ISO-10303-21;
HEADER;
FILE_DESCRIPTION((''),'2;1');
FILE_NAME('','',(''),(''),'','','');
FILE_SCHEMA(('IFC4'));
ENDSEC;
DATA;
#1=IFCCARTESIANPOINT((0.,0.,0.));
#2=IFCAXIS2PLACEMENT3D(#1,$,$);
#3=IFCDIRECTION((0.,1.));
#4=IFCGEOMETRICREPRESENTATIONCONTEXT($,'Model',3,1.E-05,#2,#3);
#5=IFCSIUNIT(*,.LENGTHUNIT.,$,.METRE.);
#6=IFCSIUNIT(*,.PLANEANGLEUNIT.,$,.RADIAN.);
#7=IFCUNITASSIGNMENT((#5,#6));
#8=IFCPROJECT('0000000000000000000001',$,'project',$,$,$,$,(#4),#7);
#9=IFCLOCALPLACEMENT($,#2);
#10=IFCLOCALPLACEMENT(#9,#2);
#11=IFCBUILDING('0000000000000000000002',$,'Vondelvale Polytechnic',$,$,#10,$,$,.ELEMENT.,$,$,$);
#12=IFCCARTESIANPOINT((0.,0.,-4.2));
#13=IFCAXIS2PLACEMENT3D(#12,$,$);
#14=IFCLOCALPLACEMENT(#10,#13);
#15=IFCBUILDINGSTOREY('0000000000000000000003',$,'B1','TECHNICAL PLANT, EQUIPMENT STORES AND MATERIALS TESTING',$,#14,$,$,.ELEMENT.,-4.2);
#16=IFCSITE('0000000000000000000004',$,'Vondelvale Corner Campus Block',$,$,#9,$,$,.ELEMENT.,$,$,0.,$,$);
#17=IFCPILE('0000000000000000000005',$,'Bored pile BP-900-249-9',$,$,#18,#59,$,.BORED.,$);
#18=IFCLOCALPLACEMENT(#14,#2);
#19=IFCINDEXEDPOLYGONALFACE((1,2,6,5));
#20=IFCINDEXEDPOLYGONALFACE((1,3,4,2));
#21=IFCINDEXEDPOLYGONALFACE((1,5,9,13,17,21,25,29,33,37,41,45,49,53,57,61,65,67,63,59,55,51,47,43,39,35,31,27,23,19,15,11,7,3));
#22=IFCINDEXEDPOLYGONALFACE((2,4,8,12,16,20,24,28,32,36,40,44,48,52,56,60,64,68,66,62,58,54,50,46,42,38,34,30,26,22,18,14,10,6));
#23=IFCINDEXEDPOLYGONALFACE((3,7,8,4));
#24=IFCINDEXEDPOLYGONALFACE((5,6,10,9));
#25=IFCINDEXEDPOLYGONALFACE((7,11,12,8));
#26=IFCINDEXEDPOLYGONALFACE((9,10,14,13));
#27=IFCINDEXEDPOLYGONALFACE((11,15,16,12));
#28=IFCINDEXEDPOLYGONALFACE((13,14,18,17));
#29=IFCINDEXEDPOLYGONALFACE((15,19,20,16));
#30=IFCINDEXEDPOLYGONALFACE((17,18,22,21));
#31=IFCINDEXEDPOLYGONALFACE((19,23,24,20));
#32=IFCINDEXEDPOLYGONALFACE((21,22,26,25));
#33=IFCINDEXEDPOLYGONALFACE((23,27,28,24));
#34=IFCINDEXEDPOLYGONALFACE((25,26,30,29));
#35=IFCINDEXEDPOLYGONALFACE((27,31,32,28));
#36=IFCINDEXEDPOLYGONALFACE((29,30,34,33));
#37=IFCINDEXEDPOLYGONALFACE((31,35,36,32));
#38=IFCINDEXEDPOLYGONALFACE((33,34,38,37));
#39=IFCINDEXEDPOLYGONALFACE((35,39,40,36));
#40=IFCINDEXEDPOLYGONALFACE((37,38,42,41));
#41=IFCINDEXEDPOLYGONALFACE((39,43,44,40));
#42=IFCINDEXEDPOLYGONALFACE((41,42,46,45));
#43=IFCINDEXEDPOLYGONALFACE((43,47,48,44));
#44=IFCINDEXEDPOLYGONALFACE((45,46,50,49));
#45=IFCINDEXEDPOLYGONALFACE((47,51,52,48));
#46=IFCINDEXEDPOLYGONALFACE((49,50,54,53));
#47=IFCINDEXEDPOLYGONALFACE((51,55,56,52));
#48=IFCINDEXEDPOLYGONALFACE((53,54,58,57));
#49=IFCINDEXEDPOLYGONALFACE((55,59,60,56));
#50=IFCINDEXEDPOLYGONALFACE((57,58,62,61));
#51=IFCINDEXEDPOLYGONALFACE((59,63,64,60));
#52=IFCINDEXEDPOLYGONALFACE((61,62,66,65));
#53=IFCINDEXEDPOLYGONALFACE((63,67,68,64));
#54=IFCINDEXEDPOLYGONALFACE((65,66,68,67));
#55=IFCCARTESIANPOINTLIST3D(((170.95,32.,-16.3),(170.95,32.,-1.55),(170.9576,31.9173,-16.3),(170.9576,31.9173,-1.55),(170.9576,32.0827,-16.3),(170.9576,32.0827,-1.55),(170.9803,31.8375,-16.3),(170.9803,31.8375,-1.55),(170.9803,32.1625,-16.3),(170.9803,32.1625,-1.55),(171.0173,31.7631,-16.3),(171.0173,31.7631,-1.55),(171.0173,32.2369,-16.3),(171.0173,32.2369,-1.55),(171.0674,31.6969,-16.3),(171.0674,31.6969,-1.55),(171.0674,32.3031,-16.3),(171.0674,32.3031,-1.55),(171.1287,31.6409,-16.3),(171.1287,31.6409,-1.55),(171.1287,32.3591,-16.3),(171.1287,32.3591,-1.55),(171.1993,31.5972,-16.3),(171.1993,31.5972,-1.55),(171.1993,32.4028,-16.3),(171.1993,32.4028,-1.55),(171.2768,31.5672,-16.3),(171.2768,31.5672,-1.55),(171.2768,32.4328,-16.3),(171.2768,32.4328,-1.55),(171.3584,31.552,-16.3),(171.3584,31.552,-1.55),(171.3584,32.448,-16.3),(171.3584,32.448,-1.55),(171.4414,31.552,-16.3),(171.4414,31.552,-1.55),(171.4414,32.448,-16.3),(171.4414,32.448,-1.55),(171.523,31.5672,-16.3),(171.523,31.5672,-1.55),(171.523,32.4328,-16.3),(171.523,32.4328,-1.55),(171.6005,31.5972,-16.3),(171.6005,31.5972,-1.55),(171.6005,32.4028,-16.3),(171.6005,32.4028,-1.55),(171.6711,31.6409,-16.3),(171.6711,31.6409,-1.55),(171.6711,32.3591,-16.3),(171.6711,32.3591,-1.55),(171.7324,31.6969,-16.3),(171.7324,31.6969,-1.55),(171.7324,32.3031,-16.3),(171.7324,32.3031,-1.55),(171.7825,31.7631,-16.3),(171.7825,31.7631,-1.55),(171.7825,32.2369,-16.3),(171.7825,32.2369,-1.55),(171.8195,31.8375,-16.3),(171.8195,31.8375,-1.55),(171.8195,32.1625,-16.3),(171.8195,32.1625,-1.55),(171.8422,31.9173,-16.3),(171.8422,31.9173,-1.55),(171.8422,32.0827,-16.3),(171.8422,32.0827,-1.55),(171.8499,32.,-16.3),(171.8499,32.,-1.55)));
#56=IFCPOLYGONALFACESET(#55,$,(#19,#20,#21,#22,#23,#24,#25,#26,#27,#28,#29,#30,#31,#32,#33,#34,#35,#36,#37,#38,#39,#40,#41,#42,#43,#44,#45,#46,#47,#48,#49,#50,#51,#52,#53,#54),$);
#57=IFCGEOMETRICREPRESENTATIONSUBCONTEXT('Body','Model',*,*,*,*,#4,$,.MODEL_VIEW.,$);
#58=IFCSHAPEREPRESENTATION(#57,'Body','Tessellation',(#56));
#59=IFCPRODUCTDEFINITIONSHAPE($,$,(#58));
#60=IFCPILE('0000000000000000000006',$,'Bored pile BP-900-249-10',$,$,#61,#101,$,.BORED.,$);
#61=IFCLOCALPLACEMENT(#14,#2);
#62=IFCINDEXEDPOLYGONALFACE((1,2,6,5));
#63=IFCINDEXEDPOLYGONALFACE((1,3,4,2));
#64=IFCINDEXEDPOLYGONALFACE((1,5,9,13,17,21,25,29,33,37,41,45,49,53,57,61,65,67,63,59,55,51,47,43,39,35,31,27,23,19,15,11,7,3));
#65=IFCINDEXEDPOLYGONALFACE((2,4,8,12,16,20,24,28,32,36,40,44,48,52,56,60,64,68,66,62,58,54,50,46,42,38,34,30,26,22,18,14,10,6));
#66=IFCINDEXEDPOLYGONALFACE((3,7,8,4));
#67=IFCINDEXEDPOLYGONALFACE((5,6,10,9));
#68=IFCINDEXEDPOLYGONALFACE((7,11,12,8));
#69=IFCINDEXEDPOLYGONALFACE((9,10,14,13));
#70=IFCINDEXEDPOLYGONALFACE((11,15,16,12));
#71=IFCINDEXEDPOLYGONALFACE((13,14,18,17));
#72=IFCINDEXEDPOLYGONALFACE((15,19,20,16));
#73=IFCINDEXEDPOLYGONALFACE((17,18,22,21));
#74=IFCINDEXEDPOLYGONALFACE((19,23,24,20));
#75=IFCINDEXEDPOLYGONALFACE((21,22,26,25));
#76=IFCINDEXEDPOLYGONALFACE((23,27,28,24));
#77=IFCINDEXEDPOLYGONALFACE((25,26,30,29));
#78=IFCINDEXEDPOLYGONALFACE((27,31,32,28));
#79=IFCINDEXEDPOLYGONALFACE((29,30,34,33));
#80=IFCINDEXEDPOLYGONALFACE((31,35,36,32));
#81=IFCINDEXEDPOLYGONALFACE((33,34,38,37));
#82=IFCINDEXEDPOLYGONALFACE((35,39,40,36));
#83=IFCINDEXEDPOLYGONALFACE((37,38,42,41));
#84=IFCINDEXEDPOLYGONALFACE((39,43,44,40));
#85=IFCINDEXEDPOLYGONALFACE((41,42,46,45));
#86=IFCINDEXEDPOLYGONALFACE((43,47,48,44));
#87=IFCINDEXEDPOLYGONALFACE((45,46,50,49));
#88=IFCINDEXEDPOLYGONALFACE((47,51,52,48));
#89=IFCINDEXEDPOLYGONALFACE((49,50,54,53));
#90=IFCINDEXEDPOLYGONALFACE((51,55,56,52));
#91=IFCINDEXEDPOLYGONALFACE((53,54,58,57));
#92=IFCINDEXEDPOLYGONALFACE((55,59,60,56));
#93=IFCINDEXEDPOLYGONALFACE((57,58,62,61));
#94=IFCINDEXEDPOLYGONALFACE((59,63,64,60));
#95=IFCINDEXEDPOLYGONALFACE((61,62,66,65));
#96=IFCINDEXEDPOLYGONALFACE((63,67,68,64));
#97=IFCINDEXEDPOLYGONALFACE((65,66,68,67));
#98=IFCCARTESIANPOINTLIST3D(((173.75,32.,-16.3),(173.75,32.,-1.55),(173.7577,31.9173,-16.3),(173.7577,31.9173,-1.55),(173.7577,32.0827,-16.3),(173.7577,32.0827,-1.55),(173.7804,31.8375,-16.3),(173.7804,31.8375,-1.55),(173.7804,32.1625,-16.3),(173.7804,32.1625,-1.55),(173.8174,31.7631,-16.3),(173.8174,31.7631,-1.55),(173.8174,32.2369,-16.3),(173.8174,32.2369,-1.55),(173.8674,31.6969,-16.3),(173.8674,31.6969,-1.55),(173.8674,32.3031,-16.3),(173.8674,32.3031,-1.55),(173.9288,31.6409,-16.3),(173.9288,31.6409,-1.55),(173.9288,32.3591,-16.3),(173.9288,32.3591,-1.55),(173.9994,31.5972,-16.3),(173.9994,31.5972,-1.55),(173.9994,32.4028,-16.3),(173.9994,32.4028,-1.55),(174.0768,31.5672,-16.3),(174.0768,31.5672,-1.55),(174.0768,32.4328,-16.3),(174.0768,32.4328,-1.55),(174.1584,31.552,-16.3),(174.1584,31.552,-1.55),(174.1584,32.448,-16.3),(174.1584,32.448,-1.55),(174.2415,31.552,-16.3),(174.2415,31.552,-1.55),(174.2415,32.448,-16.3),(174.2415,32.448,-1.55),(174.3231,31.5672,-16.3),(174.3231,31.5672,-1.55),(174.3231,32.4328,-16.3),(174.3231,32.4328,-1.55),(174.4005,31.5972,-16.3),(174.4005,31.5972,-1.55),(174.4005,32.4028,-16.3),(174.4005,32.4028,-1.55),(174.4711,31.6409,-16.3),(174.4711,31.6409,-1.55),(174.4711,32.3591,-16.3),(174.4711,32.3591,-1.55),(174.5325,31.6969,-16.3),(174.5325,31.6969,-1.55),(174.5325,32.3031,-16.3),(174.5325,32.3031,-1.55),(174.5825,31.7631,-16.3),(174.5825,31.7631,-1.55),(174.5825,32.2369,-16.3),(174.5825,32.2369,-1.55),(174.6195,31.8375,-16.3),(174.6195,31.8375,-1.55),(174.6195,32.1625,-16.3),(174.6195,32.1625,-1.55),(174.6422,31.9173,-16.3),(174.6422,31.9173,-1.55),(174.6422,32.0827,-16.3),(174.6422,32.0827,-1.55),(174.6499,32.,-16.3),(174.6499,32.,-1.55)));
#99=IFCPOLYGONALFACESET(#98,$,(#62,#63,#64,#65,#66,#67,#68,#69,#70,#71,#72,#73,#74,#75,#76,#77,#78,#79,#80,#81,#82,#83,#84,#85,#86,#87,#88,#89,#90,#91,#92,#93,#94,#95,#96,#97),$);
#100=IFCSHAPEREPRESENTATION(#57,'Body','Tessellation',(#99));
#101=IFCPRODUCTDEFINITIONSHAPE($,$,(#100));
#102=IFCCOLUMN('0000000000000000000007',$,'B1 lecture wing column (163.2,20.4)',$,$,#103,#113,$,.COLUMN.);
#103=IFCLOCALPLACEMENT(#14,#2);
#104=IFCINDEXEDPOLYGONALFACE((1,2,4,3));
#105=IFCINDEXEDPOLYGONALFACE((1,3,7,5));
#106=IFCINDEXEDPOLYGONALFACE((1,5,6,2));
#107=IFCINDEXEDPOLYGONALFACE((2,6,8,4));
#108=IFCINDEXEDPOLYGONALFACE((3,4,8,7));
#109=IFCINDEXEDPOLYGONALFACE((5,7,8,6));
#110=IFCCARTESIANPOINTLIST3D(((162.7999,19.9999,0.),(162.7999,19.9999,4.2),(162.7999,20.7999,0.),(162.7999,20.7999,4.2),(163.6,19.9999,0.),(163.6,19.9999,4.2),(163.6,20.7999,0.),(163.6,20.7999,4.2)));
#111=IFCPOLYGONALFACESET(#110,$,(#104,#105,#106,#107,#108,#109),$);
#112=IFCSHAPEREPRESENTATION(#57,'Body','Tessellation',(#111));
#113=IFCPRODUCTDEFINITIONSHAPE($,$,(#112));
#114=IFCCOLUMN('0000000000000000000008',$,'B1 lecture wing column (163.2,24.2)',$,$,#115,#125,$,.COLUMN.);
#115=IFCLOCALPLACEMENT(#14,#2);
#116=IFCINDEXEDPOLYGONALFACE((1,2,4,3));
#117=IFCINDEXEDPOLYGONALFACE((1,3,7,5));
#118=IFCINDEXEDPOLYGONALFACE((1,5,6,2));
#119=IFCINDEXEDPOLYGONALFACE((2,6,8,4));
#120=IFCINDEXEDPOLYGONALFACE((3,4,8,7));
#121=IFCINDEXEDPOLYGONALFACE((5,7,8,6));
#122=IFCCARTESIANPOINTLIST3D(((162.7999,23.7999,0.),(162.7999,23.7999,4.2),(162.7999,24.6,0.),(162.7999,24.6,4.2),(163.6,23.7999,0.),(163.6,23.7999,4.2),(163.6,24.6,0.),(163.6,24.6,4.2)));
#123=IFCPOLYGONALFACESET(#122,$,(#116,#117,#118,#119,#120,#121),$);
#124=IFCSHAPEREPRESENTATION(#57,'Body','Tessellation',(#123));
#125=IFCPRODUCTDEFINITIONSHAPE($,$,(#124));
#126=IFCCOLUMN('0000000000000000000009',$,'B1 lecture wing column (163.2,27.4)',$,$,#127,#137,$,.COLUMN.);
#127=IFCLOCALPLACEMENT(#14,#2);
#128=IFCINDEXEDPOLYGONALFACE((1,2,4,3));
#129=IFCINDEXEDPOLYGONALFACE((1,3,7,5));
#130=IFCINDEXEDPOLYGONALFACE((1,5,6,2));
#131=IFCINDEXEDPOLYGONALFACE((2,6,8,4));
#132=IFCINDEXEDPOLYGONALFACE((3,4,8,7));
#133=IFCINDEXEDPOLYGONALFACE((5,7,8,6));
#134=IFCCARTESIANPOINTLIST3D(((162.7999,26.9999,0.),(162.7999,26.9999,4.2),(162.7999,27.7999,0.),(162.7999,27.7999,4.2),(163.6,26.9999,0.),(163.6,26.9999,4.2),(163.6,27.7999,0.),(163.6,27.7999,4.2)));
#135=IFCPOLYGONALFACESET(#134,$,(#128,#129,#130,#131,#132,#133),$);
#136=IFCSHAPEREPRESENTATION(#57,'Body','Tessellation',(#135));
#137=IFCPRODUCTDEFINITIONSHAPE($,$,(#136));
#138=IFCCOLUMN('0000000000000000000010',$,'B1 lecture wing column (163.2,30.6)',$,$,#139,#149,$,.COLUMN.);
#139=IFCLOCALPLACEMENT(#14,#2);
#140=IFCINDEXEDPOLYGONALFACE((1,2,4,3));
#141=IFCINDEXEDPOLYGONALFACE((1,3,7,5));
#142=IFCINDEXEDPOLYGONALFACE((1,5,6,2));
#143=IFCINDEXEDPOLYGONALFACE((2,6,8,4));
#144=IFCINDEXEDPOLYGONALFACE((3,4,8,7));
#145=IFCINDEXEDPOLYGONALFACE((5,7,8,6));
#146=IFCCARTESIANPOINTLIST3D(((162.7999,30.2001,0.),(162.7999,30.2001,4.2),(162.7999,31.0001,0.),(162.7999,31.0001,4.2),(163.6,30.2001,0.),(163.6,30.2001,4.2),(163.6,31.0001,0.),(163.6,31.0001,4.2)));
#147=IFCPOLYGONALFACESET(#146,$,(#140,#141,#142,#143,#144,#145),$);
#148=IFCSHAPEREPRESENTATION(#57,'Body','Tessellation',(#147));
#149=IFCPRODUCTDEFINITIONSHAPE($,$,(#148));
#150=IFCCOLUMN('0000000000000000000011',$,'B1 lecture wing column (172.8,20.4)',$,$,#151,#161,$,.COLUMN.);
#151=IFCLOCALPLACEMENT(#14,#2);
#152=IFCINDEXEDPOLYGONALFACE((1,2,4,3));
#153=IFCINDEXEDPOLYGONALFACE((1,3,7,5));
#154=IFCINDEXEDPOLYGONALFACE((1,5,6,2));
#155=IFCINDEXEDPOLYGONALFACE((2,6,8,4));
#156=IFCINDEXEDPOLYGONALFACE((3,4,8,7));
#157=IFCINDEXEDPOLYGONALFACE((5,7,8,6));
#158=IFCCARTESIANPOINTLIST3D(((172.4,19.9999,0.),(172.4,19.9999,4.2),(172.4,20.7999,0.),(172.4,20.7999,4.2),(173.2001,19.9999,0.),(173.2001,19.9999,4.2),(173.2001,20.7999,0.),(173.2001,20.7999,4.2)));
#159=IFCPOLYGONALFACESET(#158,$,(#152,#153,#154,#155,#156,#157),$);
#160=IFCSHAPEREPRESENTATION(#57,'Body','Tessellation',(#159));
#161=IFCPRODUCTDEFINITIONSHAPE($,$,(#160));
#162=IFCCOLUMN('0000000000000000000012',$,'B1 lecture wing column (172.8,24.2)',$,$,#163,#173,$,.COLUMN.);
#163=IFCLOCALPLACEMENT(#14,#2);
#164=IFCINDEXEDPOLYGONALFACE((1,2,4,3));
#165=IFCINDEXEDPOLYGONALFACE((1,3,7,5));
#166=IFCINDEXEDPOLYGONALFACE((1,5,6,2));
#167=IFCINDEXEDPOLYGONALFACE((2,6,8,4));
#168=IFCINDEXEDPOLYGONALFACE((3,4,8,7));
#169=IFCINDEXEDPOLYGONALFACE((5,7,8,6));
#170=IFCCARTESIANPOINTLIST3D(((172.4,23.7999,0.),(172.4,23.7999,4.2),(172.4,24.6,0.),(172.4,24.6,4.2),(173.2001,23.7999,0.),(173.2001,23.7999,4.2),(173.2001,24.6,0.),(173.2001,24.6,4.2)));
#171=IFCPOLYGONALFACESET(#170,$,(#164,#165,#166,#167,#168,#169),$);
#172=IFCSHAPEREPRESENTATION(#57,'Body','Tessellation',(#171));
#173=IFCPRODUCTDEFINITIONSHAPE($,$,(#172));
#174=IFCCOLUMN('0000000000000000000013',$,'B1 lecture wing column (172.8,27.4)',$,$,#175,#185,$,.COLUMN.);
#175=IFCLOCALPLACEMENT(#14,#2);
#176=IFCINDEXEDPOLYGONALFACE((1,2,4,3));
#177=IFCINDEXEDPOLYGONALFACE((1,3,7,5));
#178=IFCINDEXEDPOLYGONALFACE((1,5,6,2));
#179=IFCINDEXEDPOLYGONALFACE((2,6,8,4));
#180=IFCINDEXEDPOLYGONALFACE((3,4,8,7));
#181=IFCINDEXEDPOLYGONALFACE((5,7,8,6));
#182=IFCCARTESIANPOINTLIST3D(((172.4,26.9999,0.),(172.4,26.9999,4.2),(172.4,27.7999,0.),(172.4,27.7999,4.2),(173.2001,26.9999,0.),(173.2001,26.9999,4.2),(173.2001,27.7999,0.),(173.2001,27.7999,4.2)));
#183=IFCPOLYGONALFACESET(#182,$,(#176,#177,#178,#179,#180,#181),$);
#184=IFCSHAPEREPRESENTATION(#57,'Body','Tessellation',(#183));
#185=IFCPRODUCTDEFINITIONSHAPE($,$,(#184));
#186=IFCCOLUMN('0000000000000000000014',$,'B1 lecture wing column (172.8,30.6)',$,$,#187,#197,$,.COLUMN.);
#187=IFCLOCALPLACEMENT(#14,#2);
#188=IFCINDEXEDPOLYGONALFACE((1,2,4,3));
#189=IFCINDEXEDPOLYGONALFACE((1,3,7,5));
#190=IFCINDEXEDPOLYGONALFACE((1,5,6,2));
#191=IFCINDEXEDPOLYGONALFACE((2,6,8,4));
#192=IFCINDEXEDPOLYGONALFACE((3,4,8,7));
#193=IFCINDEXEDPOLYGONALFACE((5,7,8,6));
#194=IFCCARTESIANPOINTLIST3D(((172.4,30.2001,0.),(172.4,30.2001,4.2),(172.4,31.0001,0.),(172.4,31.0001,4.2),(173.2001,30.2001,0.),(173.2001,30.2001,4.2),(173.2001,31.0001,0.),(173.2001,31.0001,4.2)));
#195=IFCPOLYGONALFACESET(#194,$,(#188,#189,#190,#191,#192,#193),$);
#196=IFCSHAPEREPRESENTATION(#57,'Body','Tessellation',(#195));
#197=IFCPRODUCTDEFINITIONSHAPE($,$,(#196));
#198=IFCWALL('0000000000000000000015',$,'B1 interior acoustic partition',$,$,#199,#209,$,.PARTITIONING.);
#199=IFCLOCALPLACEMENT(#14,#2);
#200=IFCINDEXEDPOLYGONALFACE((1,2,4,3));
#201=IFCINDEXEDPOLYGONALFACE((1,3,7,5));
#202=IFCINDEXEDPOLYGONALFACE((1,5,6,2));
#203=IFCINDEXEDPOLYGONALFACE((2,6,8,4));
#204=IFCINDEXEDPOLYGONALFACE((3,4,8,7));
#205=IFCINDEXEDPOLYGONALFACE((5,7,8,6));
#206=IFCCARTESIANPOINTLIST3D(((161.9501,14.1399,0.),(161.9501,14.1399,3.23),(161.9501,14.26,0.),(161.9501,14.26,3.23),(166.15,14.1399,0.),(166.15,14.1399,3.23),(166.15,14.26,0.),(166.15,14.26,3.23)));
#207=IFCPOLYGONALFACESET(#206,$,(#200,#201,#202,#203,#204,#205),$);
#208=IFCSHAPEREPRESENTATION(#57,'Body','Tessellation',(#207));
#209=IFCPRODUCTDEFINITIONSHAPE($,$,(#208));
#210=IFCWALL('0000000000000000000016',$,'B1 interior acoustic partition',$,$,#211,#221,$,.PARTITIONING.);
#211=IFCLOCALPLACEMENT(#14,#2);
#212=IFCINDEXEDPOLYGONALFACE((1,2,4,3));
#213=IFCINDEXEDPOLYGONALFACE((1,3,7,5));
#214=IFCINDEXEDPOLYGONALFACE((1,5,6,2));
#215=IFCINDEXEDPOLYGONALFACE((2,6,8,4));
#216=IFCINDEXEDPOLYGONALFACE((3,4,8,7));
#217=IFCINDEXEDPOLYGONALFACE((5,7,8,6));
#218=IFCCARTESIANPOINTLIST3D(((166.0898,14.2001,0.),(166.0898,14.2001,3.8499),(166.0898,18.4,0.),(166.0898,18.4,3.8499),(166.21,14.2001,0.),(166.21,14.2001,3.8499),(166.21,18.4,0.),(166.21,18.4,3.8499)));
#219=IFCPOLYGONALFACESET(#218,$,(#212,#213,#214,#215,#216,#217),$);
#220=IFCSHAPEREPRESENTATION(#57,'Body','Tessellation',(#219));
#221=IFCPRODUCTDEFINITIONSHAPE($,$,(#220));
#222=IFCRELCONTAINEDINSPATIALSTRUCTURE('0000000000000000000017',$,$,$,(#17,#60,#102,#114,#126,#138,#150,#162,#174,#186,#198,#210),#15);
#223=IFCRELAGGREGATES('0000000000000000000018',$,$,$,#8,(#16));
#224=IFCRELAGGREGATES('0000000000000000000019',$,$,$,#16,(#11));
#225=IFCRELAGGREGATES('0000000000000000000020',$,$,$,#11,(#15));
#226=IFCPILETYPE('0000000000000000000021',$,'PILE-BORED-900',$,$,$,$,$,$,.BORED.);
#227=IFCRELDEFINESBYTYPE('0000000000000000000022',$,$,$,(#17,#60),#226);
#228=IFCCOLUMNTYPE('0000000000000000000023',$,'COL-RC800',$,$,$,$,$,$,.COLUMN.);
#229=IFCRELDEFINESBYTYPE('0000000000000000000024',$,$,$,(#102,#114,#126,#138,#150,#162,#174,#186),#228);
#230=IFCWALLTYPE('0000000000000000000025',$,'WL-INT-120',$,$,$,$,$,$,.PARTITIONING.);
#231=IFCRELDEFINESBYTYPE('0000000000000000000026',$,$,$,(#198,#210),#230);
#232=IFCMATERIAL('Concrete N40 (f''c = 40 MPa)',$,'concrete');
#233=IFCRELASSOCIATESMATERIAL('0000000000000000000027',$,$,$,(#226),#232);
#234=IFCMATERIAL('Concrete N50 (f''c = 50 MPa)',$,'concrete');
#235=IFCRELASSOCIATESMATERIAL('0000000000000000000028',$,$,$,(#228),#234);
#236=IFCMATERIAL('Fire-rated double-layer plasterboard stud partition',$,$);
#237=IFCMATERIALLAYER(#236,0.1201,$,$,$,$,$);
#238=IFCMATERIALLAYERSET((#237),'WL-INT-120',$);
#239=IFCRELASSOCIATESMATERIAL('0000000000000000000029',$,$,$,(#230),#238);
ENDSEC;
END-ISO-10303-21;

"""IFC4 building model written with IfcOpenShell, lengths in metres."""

from ifc_helpers import new_model, si_unit, direction, frame, frame_2d, origin, origin_2d, place, context, subcontext, project, spatial, rectangle, circle, extrude, material, layer, layer_set, material_profile, profile_set, type_object, element, save


model = new_model("IFC4")

# Units and contexts
model_context = context("Model", 3, precision=1e-05, world=origin(), true_north=direction((0.0, 1.0)))
body_context = subcontext(model_context, "Body", "Model", "MODEL_VIEW")
ifc_project = project(units=[si_unit("LENGTHUNIT", "METRE"), si_unit("PLANEANGLEUNIT", "RADIAN")], contexts=[model_context])

# Site, building, storey
site_placement = place(None, origin())
site = spatial("IfcSite", under=ifc_project, at=site_placement, Name="Vondelvale Corner Campus Block", CompositionType="ELEMENT", RefElevation=0.0)
building_placement = place(site_placement, origin())
building = spatial("IfcBuilding", under=site, at=building_placement, Name="Vondelvale Polytechnic", CompositionType="ELEMENT")
storey_placement = place(building_placement, frame((0.0, 0.0, -4.2)))
storey = spatial("IfcBuildingStorey", under=building, at=storey_placement, Name="B1", Description="TECHNICAL PLANT, EQUIPMENT STORES AND MATERIALS TESTING", CompositionType="ELEMENT", Elevation=-4.2)

# Shared definitions
ifc_material_1 = material(Name="Concrete N40 (f'c = 40 MPa)", Category="concrete")

# Piles
ifc_material_profile_1 = material_profile(ifc_material_1, circle(Radius=0.45, at=origin_2d()), Name="PILE-D900")
ifc_profile_set_1 = profile_set([ifc_material_profile_1], Name="Concrete N40 (f'c = 40 MPa)")
pile_type = type_object("IfcPileType", Name="PILE-BORED-900", PredefinedType="BORED", material=ifc_profile_set_1)
for number, where, z_axis, x_axis, name in (
    (1, (171.3999, 32.0, -1.55), (0.0, 0.0, -1.0), (1.0, 0.0, 0.0), "Bored pile BP-900-249-9"),
    (2, (174.2, 32.0, -1.55), (0.0, 0.0, -1.0), (1.0, 0.0, 0.0), "Bored pile BP-900-249-10"),
):
    element("IfcPile", number, at=place(storey_placement, frame(where, z_axis=z_axis, x_axis=x_axis)), inside=storey, type_object=pile_type, Name=name, PredefinedType="BORED", context=body_context, shape_type="SweptSolid", body=[
        extrude(circle(Radius=0.45, at=origin_2d()), origin(), (0.0, 0.0, 1.0), 14.75),
    ])

# Columns
ifc_material_2 = material(Name="Concrete N50 (f'c = 50 MPa)", Category="concrete")
ifc_material_profile_2 = material_profile(ifc_material_2, rectangle(XDim=0.8, YDim=0.8, at=origin_2d()), Name="RC-COL-800x800")
ifc_profile_set_2 = profile_set([ifc_material_profile_2], Name="Concrete N50 (f'c = 50 MPa)")
column_type = type_object("IfcColumnType", Name="COL-RC800", PredefinedType="COLUMN", material=ifc_profile_set_2)
for number, where, z_axis, x_axis, name in (
    (3, (163.2, 20.3999, 0.0), (0.0, 0.0, 1.0), (1.0, 0.0, 0.0), "B1 lecture wing column (163.2,20.4)"),
    (4, (163.2, 24.2, 0.0), (0.0, 0.0, 1.0), (1.0, 0.0, 0.0), "B1 lecture wing column (163.2,24.2)"),
    (5, (163.2, 27.3999, 0.0), (0.0, 0.0, 1.0), (1.0, 0.0, 0.0), "B1 lecture wing column (163.2,27.4)"),
    (6, (163.2, 30.6001, 0.0), (0.0, 0.0, 1.0), (1.0, 0.0, 0.0), "B1 lecture wing column (163.2,30.6)"),
    (7, (172.8, 20.3999, 0.0), (0.0, 0.0, 1.0), (1.0, 0.0, 0.0), "B1 lecture wing column (172.8,20.4)"),
    (8, (172.8, 24.2, 0.0), (0.0, 0.0, 1.0), (1.0, 0.0, 0.0), "B1 lecture wing column (172.8,24.2)"),
    (9, (172.8, 27.3999, 0.0), (0.0, 0.0, 1.0), (1.0, 0.0, 0.0), "B1 lecture wing column (172.8,27.4)"),
    (10, (172.8, 30.6001, 0.0), (0.0, 0.0, 1.0), (1.0, 0.0, 0.0), "B1 lecture wing column (172.8,30.6)"),
):
    element("IfcColumn", number, at=place(storey_placement, frame(where, z_axis=z_axis, x_axis=x_axis)), inside=storey, type_object=column_type, Name=name, PredefinedType="COLUMN", context=body_context, shape_type="SweptSolid", body=[
        extrude(rectangle(XDim=0.8, YDim=0.8, at=origin_2d()), origin(), (0.0, 0.0, 1.0), 4.2),
    ])

# Walls
ifc_material_3 = material(Name="Fire-rated double-layer plasterboard stud partition")
ifc_layer_1 = layer(ifc_material_3, 0.1201)
ifc_layer_set_1 = layer_set([ifc_layer_1], Name="WL-INT-120")
wall_type_1 = type_object("IfcWallType", Name="WL-INT-120", PredefinedType="PARTITIONING", material=ifc_layer_set_1)
wall_1_placement = place(storey_placement, frame((161.95, 14.2, 0.0), z_axis=(0.0, 0.0, 1.0), x_axis=(1.0, 0.0, 0.0)))
element("IfcWall", 11, at=wall_1_placement, inside=storey, type_object=wall_type_1, Name="B1 interior acoustic partition", PredefinedType="PARTITIONING", context=body_context, shape_type="SweptSolid", body=[
    extrude(rectangle(XDim=4.2, YDim=0.1201, at=frame_2d((2.1001, 0.0))), origin(), (0.0, 0.0, 1.0), 3.23),
])
wall_2_placement = place(storey_placement, frame((166.1499, 14.2, 0.0), z_axis=(0.0, 0.0, 1.0), x_axis=(0.0, 1.0, 0.0)))
element("IfcWall", 12, at=wall_2_placement, inside=storey, type_object=wall_type_1, Name="B1 interior acoustic partition", PredefinedType="PARTITIONING", context=body_context, shape_type="SweptSolid", body=[
    extrude(rectangle(XDim=4.2, YDim=0.1201, at=frame_2d((2.1001, 0.0))), origin(), (0.0, 0.0, 1.0), 3.8499),
])

save(model, "model.ifc")
